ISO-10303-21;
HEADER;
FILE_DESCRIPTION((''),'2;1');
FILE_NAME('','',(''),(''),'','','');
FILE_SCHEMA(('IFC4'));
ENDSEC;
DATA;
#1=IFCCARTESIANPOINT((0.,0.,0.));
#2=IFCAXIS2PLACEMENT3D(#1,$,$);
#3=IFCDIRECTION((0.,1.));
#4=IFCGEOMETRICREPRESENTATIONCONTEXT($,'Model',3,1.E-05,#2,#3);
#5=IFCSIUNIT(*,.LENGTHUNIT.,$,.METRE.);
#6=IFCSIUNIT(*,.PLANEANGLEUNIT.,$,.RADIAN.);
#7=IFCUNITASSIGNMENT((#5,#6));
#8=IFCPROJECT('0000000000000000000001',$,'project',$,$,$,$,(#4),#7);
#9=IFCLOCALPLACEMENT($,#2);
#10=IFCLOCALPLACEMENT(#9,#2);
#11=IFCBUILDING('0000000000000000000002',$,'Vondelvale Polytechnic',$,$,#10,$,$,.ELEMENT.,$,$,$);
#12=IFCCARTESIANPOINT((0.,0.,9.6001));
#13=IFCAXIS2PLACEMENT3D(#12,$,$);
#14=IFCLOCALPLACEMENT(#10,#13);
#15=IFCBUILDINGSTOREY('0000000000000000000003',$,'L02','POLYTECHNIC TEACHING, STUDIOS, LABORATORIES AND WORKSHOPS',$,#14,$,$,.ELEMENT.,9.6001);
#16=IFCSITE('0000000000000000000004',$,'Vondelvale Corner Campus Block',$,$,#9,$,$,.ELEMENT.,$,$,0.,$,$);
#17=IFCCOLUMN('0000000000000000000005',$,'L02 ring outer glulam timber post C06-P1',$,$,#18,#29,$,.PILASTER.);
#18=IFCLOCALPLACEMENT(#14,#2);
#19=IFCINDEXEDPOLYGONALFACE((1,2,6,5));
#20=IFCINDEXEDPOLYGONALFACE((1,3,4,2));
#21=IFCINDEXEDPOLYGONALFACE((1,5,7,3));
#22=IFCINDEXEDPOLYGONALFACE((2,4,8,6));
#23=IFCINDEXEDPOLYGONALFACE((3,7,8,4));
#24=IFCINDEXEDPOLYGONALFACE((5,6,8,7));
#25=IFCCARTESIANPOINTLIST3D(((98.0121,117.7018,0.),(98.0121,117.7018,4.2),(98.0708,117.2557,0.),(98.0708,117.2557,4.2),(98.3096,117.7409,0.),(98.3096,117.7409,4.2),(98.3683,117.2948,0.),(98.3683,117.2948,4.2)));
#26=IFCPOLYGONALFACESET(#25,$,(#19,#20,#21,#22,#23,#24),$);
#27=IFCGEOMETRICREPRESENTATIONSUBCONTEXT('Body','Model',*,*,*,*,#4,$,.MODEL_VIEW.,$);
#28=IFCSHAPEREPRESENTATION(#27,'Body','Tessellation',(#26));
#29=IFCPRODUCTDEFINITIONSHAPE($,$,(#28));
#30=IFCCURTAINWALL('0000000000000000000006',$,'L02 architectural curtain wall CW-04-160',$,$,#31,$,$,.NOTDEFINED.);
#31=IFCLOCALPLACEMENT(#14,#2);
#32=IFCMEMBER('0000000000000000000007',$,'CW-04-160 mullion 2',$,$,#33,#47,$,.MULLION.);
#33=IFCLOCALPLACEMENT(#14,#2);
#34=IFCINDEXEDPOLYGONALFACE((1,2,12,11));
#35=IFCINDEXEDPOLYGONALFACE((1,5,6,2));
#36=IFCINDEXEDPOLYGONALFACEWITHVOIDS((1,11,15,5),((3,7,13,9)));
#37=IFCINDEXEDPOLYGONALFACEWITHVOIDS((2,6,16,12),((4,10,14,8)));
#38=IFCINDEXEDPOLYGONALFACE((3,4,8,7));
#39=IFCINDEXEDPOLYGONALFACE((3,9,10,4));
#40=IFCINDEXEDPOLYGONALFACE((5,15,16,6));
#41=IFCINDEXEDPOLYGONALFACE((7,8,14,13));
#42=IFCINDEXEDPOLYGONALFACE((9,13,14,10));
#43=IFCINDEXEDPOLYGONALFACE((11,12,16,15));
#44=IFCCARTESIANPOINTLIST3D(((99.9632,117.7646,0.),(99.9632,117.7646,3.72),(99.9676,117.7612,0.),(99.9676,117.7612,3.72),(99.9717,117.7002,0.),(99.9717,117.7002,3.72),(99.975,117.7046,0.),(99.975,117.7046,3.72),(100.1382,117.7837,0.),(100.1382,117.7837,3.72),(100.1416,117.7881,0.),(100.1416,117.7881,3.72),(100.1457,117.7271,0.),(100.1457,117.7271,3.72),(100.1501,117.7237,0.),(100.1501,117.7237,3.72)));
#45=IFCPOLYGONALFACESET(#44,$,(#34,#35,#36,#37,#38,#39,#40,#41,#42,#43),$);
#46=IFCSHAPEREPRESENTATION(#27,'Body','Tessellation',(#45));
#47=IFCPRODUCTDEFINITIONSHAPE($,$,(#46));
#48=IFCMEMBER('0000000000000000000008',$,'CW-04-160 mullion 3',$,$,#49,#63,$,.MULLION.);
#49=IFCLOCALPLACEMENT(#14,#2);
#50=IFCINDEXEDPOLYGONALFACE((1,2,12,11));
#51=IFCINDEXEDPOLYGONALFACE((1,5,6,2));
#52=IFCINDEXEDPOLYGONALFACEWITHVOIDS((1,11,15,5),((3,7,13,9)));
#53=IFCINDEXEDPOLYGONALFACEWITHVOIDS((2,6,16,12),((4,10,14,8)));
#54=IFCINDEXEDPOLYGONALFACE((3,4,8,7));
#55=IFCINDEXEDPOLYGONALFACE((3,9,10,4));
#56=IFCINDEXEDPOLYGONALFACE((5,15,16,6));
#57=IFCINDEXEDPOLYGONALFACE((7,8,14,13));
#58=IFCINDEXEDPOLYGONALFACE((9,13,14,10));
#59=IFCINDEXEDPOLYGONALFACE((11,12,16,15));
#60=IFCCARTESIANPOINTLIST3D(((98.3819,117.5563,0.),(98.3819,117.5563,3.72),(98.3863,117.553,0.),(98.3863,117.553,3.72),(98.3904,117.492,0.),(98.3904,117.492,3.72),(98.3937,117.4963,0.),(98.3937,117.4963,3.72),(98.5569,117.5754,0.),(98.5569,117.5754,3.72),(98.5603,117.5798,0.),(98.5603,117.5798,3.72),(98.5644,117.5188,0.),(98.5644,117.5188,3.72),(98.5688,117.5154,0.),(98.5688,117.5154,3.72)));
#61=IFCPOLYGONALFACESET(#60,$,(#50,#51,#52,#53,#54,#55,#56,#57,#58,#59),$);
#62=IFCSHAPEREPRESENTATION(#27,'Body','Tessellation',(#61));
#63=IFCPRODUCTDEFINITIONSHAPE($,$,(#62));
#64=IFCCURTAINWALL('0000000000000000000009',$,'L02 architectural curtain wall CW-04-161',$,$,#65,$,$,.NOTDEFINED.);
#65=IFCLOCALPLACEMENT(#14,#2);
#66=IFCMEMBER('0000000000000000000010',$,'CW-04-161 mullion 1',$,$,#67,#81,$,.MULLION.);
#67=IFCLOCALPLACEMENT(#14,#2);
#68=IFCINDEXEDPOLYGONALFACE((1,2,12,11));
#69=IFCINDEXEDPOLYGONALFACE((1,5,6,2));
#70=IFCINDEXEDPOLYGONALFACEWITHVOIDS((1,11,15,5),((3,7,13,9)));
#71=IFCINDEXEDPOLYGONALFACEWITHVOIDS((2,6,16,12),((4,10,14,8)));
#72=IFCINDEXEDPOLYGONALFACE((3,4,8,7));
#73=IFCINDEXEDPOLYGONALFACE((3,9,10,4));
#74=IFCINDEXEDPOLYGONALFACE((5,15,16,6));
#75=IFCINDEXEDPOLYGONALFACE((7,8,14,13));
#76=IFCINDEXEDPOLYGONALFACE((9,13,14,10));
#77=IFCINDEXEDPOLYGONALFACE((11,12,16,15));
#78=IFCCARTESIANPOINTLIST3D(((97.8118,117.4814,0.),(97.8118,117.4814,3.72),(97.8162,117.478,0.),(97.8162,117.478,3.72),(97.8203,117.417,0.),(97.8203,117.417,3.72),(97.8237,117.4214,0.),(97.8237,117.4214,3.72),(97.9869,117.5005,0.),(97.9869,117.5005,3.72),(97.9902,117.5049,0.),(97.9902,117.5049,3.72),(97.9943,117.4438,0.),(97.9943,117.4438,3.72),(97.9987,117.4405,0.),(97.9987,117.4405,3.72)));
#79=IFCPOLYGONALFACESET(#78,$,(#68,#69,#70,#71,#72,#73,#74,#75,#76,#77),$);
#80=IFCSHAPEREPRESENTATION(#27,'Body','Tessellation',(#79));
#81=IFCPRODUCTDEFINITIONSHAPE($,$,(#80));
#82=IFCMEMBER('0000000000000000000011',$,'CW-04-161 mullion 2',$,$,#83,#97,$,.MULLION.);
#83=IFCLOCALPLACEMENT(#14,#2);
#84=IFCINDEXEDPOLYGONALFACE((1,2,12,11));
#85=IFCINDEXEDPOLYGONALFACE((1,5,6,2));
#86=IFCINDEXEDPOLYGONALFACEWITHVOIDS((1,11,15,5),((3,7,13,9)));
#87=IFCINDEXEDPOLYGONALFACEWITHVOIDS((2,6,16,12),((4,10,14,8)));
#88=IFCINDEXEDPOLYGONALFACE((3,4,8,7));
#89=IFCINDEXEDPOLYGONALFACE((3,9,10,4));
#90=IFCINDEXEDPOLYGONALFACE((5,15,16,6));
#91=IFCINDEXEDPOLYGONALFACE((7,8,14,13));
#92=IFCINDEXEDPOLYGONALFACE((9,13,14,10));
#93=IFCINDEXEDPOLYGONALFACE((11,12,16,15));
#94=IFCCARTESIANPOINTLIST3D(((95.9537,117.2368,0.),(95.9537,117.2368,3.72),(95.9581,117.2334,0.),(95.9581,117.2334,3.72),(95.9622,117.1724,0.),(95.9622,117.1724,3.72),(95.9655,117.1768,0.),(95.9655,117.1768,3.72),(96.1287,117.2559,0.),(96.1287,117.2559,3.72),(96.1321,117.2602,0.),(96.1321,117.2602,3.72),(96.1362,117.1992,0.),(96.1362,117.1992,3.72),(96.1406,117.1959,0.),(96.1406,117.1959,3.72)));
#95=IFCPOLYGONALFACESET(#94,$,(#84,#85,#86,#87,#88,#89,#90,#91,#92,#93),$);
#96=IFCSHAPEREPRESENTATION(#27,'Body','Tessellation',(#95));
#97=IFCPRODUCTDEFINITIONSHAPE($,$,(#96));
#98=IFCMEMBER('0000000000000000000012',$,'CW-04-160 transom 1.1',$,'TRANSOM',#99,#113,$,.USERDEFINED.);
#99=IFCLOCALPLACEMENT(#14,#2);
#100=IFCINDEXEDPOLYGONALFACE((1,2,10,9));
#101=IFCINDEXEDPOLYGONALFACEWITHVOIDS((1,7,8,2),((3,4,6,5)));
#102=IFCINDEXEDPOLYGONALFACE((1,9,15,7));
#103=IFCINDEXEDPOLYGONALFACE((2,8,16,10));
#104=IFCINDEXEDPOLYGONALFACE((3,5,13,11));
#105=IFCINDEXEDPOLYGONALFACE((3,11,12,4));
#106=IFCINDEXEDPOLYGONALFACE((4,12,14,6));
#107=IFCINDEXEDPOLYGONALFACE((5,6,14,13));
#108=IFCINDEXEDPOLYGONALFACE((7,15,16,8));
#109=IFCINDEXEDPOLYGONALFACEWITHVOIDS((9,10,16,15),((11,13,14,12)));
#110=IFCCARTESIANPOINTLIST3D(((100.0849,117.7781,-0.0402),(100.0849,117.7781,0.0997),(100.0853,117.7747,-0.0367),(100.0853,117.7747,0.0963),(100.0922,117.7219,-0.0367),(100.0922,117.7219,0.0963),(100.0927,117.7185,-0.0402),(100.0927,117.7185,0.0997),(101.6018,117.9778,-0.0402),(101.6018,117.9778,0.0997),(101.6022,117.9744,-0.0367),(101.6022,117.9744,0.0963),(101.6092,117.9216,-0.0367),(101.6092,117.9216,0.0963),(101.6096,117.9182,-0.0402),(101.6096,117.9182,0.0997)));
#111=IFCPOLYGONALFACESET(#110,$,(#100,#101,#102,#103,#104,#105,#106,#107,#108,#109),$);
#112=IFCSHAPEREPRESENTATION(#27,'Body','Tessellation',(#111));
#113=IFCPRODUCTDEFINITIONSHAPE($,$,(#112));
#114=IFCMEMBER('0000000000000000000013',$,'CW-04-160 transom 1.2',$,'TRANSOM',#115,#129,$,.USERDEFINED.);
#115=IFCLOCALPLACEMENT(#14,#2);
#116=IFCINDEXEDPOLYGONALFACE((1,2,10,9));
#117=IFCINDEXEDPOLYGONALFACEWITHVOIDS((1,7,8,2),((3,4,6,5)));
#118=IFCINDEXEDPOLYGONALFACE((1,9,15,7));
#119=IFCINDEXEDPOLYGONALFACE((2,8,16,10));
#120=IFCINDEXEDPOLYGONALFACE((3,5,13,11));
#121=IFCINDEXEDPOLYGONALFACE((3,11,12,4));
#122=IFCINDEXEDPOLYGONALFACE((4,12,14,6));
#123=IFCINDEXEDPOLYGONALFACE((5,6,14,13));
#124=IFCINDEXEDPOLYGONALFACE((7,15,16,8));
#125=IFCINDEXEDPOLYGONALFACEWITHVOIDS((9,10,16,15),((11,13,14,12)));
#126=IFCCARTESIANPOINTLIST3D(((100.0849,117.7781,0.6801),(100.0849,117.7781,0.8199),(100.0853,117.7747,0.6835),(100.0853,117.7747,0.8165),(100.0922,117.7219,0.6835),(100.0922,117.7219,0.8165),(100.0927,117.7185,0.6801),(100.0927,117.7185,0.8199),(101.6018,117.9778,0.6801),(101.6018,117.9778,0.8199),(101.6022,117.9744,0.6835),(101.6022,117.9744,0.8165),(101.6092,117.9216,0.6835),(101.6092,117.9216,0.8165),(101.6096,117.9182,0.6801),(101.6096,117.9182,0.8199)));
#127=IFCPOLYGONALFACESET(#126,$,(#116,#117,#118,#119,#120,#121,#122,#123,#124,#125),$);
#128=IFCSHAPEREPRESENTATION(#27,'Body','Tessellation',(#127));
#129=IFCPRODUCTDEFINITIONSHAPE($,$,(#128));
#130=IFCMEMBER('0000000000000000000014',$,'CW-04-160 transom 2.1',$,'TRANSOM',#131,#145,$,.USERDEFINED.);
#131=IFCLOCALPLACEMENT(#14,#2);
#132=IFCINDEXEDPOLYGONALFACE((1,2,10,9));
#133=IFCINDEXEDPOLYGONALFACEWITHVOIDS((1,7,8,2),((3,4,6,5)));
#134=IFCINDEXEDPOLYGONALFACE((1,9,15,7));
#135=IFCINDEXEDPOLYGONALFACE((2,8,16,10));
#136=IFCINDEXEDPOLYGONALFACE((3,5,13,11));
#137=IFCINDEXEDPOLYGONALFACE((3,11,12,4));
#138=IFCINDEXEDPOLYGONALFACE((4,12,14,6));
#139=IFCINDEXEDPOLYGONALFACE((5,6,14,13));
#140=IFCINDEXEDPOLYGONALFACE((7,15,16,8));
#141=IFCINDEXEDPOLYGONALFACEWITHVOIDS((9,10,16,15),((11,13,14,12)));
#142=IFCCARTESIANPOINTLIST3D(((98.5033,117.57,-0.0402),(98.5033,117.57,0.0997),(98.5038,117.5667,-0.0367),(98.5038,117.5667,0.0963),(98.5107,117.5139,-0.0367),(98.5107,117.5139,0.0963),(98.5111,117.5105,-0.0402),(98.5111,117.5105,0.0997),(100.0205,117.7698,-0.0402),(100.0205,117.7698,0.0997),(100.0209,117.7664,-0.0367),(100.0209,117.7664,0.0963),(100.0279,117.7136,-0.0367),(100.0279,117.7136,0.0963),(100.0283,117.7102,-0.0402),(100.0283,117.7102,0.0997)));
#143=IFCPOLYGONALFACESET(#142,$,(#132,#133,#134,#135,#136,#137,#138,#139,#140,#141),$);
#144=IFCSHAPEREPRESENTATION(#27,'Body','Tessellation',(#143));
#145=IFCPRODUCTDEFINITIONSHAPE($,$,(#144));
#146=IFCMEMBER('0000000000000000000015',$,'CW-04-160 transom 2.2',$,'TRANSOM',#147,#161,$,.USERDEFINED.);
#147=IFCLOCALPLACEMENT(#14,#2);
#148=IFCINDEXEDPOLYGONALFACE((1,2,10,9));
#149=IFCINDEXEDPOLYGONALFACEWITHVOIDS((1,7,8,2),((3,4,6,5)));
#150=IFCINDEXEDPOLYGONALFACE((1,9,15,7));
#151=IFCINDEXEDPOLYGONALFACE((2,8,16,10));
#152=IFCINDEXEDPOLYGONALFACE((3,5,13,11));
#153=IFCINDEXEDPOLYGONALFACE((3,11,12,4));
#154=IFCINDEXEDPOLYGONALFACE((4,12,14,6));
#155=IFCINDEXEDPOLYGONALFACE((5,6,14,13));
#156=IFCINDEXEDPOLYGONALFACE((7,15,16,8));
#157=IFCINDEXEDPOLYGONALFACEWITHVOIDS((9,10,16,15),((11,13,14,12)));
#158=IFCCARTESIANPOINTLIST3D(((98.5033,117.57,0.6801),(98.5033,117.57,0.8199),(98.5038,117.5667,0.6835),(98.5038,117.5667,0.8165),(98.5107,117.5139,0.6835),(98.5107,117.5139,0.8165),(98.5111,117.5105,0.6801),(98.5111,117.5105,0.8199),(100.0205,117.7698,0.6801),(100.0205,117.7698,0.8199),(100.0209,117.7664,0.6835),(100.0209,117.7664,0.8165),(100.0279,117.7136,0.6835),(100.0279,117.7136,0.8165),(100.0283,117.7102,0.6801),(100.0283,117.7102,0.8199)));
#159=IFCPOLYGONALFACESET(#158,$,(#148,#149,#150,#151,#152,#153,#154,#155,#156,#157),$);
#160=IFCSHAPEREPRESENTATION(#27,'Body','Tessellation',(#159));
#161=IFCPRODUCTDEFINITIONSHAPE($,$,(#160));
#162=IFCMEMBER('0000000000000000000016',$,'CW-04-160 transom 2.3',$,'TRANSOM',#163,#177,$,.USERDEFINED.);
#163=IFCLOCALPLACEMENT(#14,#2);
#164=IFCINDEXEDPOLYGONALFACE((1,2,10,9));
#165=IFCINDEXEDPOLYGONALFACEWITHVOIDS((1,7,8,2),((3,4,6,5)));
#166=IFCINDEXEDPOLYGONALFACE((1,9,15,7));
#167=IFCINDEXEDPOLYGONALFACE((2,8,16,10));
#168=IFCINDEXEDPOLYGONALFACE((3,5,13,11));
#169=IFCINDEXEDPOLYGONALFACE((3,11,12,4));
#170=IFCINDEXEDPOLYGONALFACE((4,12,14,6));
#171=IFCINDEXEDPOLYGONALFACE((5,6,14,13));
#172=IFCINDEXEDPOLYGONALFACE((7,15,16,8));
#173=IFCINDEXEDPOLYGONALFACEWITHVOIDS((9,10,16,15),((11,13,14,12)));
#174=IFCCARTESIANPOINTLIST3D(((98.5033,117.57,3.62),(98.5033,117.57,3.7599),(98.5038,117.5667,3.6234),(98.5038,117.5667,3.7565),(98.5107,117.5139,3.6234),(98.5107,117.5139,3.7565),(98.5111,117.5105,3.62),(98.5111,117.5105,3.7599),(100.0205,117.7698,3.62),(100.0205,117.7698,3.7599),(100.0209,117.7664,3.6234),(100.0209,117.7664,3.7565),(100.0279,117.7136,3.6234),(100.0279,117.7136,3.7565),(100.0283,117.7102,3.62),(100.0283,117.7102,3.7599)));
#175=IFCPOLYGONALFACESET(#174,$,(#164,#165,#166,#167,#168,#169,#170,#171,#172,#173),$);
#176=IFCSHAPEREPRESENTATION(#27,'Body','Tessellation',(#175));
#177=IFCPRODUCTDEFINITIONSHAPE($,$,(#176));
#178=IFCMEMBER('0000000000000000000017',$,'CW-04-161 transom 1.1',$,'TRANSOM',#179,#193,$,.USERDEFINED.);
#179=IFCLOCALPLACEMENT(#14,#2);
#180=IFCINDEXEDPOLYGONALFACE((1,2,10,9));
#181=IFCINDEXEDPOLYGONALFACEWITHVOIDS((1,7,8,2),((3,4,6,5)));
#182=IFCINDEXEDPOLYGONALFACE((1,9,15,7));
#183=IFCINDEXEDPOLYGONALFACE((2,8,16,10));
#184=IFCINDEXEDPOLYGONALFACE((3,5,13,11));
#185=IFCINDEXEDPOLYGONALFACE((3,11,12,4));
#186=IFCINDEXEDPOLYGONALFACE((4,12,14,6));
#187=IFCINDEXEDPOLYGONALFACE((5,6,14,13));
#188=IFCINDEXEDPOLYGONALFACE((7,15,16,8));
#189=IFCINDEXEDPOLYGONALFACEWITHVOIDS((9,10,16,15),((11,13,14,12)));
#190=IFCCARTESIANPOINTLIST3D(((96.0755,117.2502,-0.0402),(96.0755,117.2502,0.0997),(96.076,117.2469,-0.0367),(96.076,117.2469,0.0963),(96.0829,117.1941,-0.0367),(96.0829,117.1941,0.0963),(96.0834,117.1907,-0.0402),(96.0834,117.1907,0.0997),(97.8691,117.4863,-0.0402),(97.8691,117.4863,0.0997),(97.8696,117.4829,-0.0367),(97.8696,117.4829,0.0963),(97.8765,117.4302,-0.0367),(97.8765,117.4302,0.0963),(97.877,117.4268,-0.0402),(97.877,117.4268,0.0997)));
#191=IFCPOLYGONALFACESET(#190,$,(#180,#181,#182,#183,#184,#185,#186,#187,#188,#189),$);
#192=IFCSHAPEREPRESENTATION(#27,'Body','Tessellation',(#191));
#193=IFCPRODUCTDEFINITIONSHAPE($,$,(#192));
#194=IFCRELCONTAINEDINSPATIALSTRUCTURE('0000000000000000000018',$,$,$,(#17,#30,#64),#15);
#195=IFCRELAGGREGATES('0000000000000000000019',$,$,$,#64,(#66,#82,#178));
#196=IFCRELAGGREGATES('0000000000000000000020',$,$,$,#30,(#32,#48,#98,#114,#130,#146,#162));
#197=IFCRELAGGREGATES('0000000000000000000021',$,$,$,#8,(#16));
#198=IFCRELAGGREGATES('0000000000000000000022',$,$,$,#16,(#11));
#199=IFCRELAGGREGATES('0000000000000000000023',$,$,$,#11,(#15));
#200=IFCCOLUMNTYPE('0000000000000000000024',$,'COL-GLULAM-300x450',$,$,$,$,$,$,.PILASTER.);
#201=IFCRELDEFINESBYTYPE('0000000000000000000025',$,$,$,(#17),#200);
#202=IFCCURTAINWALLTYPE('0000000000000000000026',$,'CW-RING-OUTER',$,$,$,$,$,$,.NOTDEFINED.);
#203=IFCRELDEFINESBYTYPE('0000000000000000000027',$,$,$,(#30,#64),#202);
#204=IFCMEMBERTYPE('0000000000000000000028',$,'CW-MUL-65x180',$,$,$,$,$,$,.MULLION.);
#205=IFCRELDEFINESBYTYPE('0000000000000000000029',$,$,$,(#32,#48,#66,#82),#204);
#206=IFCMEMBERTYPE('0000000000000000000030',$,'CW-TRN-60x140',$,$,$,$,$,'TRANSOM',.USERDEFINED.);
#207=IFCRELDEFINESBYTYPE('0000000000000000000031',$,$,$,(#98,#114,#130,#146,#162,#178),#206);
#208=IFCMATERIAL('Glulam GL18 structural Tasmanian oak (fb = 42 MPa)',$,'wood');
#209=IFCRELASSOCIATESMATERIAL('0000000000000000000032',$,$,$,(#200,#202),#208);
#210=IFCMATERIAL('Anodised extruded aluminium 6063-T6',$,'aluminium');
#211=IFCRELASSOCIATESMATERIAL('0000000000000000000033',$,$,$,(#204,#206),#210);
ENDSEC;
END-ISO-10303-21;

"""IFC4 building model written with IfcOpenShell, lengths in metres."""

from ifc_helpers import new_model, si_unit, direction, frame, origin, origin_2d, place, context, subcontext, project, spatial, rectangle, hollow_rectangle, extrude, material, material_profile, profile_set, type_object, element, aggregate, save


model = new_model("IFC4")

# Units and contexts
model_context = context("Model", 3, precision=1e-05, world=origin(), true_north=direction((0.0, 1.0)))
body_context = subcontext(model_context, "Body", "Model", "MODEL_VIEW")
ifc_project = project(units=[si_unit("LENGTHUNIT", "METRE"), si_unit("PLANEANGLEUNIT", "RADIAN")], contexts=[model_context])

# Site, building, storey
site_placement = place(None, origin())
site = spatial("IfcSite", under=ifc_project, at=site_placement, Name="Vondelvale Corner Campus Block", CompositionType="ELEMENT", RefElevation=0.0)
building_placement = place(site_placement, origin())
building = spatial("IfcBuilding", under=site, at=building_placement, Name="Vondelvale Polytechnic", CompositionType="ELEMENT")
storey_placement = place(building_placement, frame((0.0, 0.0, 9.6001)))
storey = spatial("IfcBuildingStorey", under=building, at=storey_placement, Name="L02", Description="POLYTECHNIC TEACHING, STUDIOS, LABORATORIES AND WORKSHOPS", CompositionType="ELEMENT", Elevation=9.6001)

# Column
ifc_material_1 = material(Name="Glulam GL18 structural Tasmanian oak (fb = 42 MPa)", Category="wood")
ifc_material_profile_1 = material_profile(ifc_material_1, rectangle(XDim=0.3, YDim=0.45, at=origin_2d()), Name="GL-POST-300x450")
ifc_profile_set_1 = profile_set([ifc_material_profile_1], Name="Glulam GL18 structural Tasmanian oak (fb = 42 MPa)")
column_type = type_object("IfcColumnType", Name="COL-GLULAM-300x450", PredefinedType="PILASTER", material=ifc_profile_set_1)
column_placement = place(storey_placement, frame((98.1902, 117.4983, 0.0), z_axis=(0.0, 0.0, 1.0), x_axis=(0.991445, 0.130526, 0.0)))
element("IfcColumn", 1, at=column_placement, inside=storey, type_object=column_type, Name="L02 ring outer glulam timber post C06-P1", PredefinedType="PILASTER", context=body_context, shape_type="SweptSolid", body=[
    extrude(rectangle(XDim=0.3, YDim=0.45, at=origin_2d()), origin(), (0.0, 0.0, 1.0), 4.2),
])

# Curtain walls, members
curtain_wall_type = type_object("IfcCurtainWallType", Name="CW-RING-OUTER", PredefinedType="NOTDEFINED", material=ifc_material_1)
curtain_wall_1_placement = place(storey_placement, origin())
curtain_wall_1 = element("IfcCurtainWall", 2, at=curtain_wall_1_placement, inside=storey, type_object=curtain_wall_type, Name="L02 architectural curtain wall CW-04-160", PredefinedType="NOTDEFINED")
ifc_material_2 = material(Name="Anodised extruded aluminium 6063-T6", Category="aluminium")
ifc_material_profile_2 = material_profile(ifc_material_2, hollow_rectangle(XDim=0.0649, YDim=0.1799, WallThickness=0.0039, at=origin_2d()), Name="CW-MUL-180x65")
ifc_profile_set_2 = profile_set([ifc_material_profile_2], Name="Anodised extruded aluminium 6063-T6")
member_type_1 = type_object("IfcMemberType", Name="CW-MUL-65x180", PredefinedType="MULLION", material=ifc_profile_set_2)
member_1_placement = place(storey_placement, frame((100.0566, 117.7441, 0.0), z_axis=(0.0, 0.0, 1.0), x_axis=(0.13054, -0.991443, 0.0)))
member_1 = element("IfcMember", 3, at=member_1_placement, type_object=member_type_1, Name="CW-04-160 mullion 2", PredefinedType="MULLION", context=body_context, shape_type="SweptSolid", body=[
    extrude(hollow_rectangle(XDim=0.0649, YDim=0.1799, WallThickness=0.0039, at=origin_2d()), origin(), (0.0, 0.0, 1.0), 3.72),
])
member_2_placement = place(storey_placement, frame((98.4753, 117.5359, 0.0), z_axis=(0.0, 0.0, 1.0), x_axis=(0.13054, -0.991443, 0.0)))
member_2 = element("IfcMember", 4, at=member_2_placement, type_object=member_type_1, Name="CW-04-160 mullion 3", PredefinedType="MULLION", context=body_context, shape_type="SweptSolid", body=[
    extrude(hollow_rectangle(XDim=0.0649, YDim=0.1799, WallThickness=0.0039, at=origin_2d()), origin(), (0.0, 0.0, 1.0), 3.72),
])
curtain_wall_2_placement = place(storey_placement, origin())
curtain_wall_2 = element("IfcCurtainWall", 5, at=curtain_wall_2_placement, inside=storey, type_object=curtain_wall_type, Name="L02 architectural curtain wall CW-04-161", PredefinedType="NOTDEFINED")
member_3_placement = place(storey_placement, frame((97.9053, 117.4609, 0.0), z_axis=(0.0, 0.0, 1.0), x_axis=(0.130497, -0.991449, 0.0)))
member_3 = element("IfcMember", 6, at=member_3_placement, type_object=member_type_1, Name="CW-04-161 mullion 1", PredefinedType="MULLION", context=body_context, shape_type="SweptSolid", body=[
    extrude(hollow_rectangle(XDim=0.0649, YDim=0.1799, WallThickness=0.0039, at=origin_2d()), origin(), (0.0, 0.0, 1.0), 3.72),
])
member_4_placement = place(storey_placement, frame((96.0471, 117.2163, 0.0), z_axis=(0.0, 0.0, 1.0), x_axis=(0.130497, -0.991449, 0.0)))
member_4 = element("IfcMember", 7, at=member_4_placement, type_object=member_type_1, Name="CW-04-161 mullion 2", PredefinedType="MULLION", context=body_context, shape_type="SweptSolid", body=[
    extrude(hollow_rectangle(XDim=0.0649, YDim=0.1799, WallThickness=0.0039, at=origin_2d()), origin(), (0.0, 0.0, 1.0), 3.72),
])

# Members
ifc_material_profile_3 = material_profile(ifc_material_2, hollow_rectangle(XDim=0.0601, YDim=0.1399, WallThickness=0.0034, at=origin_2d()), Name="CW-TRN-140x60")
ifc_profile_set_3 = profile_set([ifc_material_profile_3], Name="Anodised extruded aluminium 6063-T6")
member_type_2 = type_object("IfcMemberType", Name="CW-TRN-60x140", ElementType="TRANSOM", PredefinedType="USERDEFINED", material=ifc_profile_set_3)
member_5_placement = place(storey_placement, frame((101.6057, 117.948, 0.0298), z_axis=(-0.991444, -0.130533, 0.0), x_axis=(0.130533, -0.991444, 0.0)))
member_5 = element("IfcMember", 8, at=member_5_placement, type_object=member_type_2, Name="CW-04-160 transom 1.1", ObjectType="TRANSOM", PredefinedType="USERDEFINED", context=body_context, shape_type="SweptSolid", body=[
    extrude(hollow_rectangle(XDim=0.0601, YDim=0.1399, WallThickness=0.0034, at=origin_2d()), origin(), (0.0, 0.0, 1.0), 1.53),
])
member_6_placement = place(storey_placement, frame((101.6057, 117.948, 0.75), z_axis=(-0.991444, -0.130533, 0.0), x_axis=(0.130533, -0.991444, 0.0)))
member_6 = element("IfcMember", 9, at=member_6_placement, type_object=member_type_2, Name="CW-04-160 transom 1.2", ObjectType="TRANSOM", PredefinedType="USERDEFINED", context=body_context, shape_type="SweptSolid", body=[
    extrude(hollow_rectangle(XDim=0.0601, YDim=0.1399, WallThickness=0.0034, at=origin_2d()), origin(), (0.0, 0.0, 1.0), 1.53),
])
member_7_placement = place(storey_placement, frame((100.0244, 117.74, 0.0298), z_axis=(-0.991447, -0.130512, 0.0), x_axis=(0.130512, -0.991447, 0.0)))
member_7 = element("IfcMember", 10, at=member_7_placement, type_object=member_type_2, Name="CW-04-160 transom 2.1", ObjectType="TRANSOM", PredefinedType="USERDEFINED", context=body_context, shape_type="SweptSolid", body=[
    extrude(hollow_rectangle(XDim=0.0601, YDim=0.1399, WallThickness=0.0034, at=origin_2d()), origin(), (0.0, 0.0, 1.0), 1.5303),
])
member_8_placement = place(storey_placement, frame((100.0244, 117.74, 0.75), z_axis=(-0.991447, -0.130512, 0.0), x_axis=(0.130512, -0.991447, 0.0)))
member_8 = element("IfcMember", 11, at=member_8_placement, type_object=member_type_2, Name="CW-04-160 transom 2.2", ObjectType="TRANSOM", PredefinedType="USERDEFINED", context=body_context, shape_type="SweptSolid", body=[
    extrude(hollow_rectangle(XDim=0.0601, YDim=0.1399, WallThickness=0.0034, at=origin_2d()), origin(), (0.0, 0.0, 1.0), 1.5303),
])
member_9_placement = place(storey_placement, frame((100.0244, 117.74, 3.6899), z_axis=(-0.991447, -0.130512, 0.0), x_axis=(0.130512, -0.991447, 0.0)))
member_9 = element("IfcMember", 12, at=member_9_placement, type_object=member_type_2, Name="CW-04-160 transom 2.3", ObjectType="TRANSOM", PredefinedType="USERDEFINED", context=body_context, shape_type="SweptSolid", body=[
    extrude(hollow_rectangle(XDim=0.0601, YDim=0.1399, WallThickness=0.0034, at=origin_2d()), origin(), (0.0, 0.0, 1.0), 1.5303),
])
member_10_placement = place(storey_placement, frame((97.873, 117.4565, 0.0298), z_axis=(-0.991449, -0.130493, 0.0), x_axis=(0.130493, -0.991449, 0.0)))
member_10 = element("IfcMember", 13, at=member_10_placement, type_object=member_type_2, Name="CW-04-161 transom 1.1", ObjectType="TRANSOM", PredefinedType="USERDEFINED", context=body_context, shape_type="SweptSolid", body=[
    extrude(hollow_rectangle(XDim=0.0601, YDim=0.1399, WallThickness=0.0034, at=origin_2d()), origin(), (0.0, 0.0, 1.0), 1.8091),
])

aggregate(curtain_wall_2, [member_3, member_4, member_10])
aggregate(curtain_wall_1, [member_1, member_2, member_5, member_6, member_7, member_8, member_9])

save(model, "model.ifc")
